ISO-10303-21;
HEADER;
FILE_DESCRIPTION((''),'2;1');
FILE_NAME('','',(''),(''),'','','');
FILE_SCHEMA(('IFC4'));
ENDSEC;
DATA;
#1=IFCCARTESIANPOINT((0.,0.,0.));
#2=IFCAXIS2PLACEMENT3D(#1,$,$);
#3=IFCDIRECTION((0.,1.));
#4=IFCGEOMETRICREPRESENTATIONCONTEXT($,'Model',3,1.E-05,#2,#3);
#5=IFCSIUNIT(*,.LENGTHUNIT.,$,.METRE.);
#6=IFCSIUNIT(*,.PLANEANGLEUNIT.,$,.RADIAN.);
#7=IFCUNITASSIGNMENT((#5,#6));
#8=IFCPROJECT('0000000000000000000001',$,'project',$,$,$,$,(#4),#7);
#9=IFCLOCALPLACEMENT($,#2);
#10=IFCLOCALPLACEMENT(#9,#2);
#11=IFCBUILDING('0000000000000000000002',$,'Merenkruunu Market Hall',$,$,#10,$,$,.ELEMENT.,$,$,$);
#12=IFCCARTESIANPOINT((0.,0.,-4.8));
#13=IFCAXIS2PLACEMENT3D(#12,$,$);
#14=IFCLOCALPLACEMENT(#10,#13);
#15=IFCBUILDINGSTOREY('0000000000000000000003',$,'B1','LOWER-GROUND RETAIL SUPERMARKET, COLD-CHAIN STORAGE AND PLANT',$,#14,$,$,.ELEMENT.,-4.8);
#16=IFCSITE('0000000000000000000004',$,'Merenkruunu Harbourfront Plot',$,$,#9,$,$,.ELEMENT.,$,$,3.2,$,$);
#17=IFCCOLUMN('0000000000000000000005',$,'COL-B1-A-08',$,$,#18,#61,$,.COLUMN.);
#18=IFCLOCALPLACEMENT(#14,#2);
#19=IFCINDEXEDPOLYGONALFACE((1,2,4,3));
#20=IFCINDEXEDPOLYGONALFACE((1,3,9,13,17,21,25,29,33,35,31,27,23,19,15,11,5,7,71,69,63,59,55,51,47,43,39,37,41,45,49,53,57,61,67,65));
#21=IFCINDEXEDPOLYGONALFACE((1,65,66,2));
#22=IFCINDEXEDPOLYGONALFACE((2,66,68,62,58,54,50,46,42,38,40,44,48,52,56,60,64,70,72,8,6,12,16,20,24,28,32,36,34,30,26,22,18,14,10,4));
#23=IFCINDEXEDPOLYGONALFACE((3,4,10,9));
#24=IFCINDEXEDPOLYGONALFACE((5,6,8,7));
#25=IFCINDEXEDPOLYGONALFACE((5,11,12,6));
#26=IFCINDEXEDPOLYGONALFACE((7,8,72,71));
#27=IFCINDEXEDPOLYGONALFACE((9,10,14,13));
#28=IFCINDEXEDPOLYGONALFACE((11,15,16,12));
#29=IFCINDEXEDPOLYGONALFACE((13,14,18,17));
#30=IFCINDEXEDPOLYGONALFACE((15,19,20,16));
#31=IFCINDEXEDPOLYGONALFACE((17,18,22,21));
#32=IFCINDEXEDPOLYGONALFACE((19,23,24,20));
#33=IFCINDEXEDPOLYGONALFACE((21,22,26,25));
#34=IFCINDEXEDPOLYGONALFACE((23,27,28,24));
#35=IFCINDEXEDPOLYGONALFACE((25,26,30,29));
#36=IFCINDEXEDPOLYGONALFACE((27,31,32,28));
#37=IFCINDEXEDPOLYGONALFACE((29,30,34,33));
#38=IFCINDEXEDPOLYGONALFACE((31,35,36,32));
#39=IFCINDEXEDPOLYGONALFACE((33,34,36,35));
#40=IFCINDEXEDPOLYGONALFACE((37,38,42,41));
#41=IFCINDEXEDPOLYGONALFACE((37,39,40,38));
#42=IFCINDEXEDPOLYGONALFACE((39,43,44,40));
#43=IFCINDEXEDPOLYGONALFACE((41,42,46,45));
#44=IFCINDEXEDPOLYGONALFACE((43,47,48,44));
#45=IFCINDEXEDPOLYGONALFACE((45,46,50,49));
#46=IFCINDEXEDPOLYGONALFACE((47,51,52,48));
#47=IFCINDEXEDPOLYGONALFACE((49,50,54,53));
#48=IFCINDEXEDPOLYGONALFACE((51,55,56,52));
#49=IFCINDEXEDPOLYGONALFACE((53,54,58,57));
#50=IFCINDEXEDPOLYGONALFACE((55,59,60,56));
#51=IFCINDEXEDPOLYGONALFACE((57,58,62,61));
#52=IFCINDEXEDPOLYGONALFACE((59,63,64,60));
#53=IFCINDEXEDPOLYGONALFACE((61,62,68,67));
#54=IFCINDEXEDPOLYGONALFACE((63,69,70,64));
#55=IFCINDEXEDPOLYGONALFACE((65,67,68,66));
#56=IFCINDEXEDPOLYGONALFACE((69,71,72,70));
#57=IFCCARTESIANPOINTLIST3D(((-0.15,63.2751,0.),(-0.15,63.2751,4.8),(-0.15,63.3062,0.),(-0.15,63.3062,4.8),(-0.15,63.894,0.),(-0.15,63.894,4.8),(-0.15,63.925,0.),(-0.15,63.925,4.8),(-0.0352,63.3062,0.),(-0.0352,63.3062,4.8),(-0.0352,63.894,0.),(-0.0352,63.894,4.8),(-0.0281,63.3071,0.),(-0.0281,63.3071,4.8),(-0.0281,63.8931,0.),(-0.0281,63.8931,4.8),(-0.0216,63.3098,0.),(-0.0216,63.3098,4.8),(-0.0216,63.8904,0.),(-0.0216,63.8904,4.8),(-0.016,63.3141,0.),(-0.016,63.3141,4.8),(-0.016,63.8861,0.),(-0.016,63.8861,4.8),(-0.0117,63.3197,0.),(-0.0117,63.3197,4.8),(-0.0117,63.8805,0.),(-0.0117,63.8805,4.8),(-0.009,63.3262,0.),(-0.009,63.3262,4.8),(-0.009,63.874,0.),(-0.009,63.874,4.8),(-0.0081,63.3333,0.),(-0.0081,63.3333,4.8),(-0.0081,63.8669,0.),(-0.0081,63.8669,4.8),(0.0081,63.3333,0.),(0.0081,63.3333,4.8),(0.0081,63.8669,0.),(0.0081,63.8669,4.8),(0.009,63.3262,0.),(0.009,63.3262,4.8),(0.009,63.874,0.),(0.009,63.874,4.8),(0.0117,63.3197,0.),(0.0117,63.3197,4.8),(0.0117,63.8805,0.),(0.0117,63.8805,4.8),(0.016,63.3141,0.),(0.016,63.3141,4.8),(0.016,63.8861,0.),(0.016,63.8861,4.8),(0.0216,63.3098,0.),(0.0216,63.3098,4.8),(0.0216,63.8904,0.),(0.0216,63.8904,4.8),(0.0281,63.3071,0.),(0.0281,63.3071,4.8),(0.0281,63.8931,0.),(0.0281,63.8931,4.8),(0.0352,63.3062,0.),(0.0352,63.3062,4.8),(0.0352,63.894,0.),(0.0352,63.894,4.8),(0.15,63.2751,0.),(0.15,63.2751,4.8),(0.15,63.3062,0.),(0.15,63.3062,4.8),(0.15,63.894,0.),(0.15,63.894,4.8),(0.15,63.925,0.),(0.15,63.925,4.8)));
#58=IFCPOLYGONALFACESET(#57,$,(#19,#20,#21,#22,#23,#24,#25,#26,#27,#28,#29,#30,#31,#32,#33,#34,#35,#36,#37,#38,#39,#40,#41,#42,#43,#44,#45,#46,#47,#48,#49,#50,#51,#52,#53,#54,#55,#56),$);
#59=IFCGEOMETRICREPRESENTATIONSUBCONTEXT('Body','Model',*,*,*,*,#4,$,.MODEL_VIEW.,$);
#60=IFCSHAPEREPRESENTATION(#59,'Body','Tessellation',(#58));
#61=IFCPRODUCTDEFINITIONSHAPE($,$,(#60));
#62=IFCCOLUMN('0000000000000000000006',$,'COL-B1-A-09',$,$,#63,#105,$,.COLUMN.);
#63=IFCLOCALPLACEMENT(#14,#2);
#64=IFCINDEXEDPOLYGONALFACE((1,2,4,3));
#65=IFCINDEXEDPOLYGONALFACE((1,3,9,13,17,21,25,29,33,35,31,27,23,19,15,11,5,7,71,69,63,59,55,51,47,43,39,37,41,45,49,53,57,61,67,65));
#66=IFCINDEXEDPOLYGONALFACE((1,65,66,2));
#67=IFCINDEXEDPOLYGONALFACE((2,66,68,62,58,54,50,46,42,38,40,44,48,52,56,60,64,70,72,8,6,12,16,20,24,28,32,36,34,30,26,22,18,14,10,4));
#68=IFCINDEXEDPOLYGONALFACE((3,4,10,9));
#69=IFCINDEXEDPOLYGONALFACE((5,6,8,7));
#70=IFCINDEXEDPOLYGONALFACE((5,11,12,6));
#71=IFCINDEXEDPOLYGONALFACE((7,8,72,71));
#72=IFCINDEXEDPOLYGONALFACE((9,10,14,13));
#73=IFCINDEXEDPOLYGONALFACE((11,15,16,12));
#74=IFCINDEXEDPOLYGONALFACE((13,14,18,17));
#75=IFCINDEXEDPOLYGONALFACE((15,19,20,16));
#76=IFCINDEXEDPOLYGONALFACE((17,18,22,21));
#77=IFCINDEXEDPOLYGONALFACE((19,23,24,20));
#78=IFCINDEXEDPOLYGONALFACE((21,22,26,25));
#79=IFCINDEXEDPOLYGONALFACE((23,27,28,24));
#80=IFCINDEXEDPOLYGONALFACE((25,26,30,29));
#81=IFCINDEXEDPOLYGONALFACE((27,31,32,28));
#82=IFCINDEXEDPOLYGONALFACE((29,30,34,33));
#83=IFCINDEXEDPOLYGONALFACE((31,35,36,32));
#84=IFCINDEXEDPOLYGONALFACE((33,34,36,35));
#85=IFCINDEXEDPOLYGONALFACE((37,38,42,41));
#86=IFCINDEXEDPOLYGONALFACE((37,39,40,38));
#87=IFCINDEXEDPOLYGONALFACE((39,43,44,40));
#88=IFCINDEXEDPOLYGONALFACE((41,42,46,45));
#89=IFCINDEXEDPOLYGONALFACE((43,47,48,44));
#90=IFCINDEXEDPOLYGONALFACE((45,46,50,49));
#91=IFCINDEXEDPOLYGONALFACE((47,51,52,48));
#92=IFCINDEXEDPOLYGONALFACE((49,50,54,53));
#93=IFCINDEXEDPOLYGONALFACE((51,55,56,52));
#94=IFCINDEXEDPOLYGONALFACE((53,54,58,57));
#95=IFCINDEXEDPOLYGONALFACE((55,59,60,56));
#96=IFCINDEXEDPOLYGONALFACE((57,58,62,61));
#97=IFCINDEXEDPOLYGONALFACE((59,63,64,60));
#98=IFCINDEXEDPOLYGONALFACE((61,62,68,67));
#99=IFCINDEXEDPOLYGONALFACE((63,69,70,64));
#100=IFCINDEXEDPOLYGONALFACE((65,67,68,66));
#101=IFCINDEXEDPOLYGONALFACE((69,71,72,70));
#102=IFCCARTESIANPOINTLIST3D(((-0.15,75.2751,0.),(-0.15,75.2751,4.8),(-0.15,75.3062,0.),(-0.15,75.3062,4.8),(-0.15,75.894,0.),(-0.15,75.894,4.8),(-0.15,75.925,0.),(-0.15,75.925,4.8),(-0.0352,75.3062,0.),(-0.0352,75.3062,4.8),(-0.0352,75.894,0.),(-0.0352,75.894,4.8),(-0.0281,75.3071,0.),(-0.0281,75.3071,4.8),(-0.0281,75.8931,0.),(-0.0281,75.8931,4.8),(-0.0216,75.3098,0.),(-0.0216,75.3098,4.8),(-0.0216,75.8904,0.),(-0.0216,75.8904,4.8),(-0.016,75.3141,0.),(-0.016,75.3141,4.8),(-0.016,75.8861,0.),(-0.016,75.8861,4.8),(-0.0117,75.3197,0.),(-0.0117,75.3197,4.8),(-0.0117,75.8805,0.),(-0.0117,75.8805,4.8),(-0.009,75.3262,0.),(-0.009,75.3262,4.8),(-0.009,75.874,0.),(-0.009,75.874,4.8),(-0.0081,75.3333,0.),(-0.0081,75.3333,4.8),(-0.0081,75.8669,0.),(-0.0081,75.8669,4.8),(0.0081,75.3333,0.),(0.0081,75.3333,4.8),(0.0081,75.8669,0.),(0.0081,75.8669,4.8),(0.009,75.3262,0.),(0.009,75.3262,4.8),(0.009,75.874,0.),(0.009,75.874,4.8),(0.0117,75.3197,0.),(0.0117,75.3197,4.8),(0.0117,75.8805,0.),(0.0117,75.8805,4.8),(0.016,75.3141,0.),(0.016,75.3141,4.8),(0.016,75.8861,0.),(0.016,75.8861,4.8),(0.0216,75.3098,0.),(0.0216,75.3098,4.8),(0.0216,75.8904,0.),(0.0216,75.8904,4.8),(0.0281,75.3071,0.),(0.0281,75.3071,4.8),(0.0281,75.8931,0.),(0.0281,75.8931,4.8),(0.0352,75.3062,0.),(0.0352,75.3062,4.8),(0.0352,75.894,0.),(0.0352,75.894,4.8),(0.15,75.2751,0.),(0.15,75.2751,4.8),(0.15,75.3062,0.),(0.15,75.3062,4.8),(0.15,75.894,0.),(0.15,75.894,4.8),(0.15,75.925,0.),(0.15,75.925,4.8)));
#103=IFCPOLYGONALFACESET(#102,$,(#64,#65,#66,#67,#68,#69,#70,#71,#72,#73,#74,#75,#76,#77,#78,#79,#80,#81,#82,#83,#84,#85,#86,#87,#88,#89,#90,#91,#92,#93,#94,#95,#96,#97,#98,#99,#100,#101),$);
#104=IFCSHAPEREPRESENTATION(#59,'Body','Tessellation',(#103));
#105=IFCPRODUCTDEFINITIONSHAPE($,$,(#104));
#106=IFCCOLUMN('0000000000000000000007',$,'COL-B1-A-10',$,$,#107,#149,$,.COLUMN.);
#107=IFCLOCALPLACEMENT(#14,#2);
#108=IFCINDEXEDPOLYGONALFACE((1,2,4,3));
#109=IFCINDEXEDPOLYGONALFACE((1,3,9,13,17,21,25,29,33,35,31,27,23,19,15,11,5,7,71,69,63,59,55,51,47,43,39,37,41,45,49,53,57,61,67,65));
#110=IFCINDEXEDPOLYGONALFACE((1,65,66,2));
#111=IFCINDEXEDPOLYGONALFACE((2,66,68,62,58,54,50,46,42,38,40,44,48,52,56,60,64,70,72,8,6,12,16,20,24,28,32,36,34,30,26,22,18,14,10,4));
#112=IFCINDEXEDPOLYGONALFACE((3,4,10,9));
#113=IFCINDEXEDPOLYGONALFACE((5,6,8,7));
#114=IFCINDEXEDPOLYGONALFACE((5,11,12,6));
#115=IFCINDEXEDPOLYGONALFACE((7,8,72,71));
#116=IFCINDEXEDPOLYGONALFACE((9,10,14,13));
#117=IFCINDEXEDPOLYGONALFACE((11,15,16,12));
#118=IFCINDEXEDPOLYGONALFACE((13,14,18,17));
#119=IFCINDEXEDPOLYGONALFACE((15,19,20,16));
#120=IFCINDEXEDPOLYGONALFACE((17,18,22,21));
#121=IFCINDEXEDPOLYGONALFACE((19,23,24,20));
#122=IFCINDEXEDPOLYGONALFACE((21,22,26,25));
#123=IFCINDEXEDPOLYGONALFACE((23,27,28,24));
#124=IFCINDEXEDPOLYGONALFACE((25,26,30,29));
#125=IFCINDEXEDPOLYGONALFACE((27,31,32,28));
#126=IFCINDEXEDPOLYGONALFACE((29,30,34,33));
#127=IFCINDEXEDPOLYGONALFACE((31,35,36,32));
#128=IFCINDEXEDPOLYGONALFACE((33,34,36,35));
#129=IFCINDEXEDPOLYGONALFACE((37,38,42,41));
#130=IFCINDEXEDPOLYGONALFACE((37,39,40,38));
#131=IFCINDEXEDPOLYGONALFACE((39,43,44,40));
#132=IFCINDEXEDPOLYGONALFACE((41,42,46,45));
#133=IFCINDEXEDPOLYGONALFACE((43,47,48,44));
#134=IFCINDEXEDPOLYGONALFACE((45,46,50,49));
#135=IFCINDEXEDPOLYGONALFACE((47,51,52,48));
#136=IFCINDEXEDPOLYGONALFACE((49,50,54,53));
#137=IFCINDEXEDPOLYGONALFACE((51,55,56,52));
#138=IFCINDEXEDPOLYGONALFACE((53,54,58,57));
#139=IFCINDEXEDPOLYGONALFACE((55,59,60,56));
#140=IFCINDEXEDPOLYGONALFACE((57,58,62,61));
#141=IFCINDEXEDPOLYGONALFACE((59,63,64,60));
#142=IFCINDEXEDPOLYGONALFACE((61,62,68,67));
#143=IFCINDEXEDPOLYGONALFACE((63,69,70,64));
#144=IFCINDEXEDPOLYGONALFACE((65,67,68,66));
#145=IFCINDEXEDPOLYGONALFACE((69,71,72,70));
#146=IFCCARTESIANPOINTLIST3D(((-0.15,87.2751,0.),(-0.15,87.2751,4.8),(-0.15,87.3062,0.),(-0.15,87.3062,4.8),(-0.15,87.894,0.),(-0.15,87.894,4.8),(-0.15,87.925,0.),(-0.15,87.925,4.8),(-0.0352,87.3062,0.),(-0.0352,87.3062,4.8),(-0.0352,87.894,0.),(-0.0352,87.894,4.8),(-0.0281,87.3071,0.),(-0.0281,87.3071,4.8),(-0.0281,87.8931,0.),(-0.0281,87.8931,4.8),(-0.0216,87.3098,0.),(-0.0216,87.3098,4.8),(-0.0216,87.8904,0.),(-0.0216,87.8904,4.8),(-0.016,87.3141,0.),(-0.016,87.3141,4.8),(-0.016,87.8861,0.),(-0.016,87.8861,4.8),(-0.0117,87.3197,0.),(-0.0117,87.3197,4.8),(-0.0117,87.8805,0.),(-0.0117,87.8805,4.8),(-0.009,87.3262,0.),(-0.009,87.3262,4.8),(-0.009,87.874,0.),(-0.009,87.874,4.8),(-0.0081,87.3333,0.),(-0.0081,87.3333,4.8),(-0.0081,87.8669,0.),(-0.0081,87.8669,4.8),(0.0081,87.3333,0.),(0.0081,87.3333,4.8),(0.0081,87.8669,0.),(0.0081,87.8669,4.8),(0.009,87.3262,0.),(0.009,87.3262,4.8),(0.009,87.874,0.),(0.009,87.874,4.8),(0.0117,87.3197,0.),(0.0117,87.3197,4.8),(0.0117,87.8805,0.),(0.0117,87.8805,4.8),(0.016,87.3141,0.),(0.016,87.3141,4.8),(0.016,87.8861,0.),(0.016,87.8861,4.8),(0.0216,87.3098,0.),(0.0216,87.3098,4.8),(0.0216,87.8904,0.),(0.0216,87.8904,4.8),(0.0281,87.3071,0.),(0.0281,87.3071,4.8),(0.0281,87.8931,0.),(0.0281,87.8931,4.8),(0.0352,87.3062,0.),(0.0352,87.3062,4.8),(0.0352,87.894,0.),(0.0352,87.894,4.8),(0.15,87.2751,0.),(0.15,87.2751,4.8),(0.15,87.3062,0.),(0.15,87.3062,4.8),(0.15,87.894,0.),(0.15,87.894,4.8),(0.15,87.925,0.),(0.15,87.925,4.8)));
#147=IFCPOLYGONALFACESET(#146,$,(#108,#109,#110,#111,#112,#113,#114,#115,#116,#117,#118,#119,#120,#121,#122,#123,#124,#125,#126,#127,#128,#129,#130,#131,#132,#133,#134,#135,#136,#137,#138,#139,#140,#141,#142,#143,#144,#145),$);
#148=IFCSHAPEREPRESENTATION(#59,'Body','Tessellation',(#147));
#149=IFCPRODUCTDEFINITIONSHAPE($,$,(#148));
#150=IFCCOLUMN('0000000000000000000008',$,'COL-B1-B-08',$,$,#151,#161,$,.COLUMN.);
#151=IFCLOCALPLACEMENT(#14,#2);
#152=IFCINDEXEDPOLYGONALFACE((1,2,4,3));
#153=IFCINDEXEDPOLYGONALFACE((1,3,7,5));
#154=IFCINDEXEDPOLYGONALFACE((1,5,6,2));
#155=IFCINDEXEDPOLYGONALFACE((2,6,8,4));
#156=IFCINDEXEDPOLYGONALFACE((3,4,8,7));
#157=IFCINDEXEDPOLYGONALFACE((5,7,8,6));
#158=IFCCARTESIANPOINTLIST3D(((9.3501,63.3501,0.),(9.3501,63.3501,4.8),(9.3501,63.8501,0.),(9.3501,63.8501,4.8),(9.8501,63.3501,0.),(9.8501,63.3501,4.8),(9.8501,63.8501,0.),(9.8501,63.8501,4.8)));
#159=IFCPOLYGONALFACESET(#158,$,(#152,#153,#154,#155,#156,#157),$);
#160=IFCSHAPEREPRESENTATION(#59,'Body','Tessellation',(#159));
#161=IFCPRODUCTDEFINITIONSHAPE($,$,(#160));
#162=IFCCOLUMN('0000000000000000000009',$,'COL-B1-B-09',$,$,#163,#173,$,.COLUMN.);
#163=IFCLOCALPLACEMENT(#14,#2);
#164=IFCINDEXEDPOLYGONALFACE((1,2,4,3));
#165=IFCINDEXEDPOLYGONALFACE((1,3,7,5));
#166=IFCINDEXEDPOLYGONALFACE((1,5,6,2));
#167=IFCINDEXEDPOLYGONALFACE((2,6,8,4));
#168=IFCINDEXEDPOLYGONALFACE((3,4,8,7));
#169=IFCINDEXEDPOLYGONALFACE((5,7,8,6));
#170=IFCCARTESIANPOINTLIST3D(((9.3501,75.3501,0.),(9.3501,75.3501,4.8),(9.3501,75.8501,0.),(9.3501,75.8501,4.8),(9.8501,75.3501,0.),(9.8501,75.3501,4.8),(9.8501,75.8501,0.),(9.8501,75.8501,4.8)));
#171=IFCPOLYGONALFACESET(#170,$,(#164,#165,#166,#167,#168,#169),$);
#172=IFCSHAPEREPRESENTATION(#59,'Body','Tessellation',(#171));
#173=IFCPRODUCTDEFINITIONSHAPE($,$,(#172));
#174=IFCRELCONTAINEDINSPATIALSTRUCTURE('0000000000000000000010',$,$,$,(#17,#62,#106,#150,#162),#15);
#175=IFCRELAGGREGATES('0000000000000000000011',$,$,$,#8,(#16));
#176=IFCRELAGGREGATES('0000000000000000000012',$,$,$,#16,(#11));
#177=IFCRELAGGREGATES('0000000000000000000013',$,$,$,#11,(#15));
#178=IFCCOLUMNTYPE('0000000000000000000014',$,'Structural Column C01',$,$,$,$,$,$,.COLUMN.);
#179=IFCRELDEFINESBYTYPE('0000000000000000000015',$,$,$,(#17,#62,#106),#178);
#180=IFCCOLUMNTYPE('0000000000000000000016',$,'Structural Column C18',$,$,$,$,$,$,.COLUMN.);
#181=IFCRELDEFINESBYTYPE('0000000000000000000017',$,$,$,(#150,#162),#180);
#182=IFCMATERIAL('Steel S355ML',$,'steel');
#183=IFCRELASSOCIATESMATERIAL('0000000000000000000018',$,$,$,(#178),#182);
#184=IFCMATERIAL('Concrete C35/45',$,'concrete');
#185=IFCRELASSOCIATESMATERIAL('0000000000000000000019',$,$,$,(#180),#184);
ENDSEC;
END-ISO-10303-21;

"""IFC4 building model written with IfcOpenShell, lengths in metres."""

from ifc_helpers import new_model, si_unit, direction, frame, origin, origin_2d, place, context, subcontext, project, spatial, rectangle, i_section, extrude, material, material_profile, profile_set, type_object, element, save


model = new_model("IFC4")

# Units and contexts
model_context = context("Model", 3, precision=1e-05, world=origin(), true_north=direction((0.0, 1.0)))
body_context = subcontext(model_context, "Body", "Model", "MODEL_VIEW")
ifc_project = project(units=[si_unit("LENGTHUNIT", "METRE"), si_unit("PLANEANGLEUNIT", "RADIAN")], contexts=[model_context])

# Site, building, storey
site_placement = place(None, origin())
site = spatial("IfcSite", under=ifc_project, at=site_placement, Name="Merenkruunu Harbourfront Plot", CompositionType="ELEMENT", RefElevation=3.2)
building_placement = place(site_placement, origin())
building = spatial("IfcBuilding", under=site, at=building_placement, Name="Merenkruunu Market Hall", CompositionType="ELEMENT")
storey_placement = place(building_placement, frame((0.0, 0.0, -4.8)))
storey = spatial("IfcBuildingStorey", under=building, at=storey_placement, Name="B1", Description="LOWER-GROUND RETAIL SUPERMARKET, COLD-CHAIN STORAGE AND PLANT", CompositionType="ELEMENT", Elevation=-4.8)

# Shared definitions
ifc_material_1 = material(Name="Concrete C35/45", Category="concrete")

# Columns
ifc_material_2 = material(Name="Steel S355ML", Category="steel")
ifc_material_profile_1 = material_profile(ifc_material_2, i_section(OverallWidth=0.3, OverallDepth=0.6499, WebThickness=0.0161, FlangeThickness=0.031, FilletRadius=0.0271, at=origin_2d()), Name="HEB 650")
ifc_profile_set_1 = profile_set([ifc_material_profile_1], Name="Steel S355ML")
column_type_1 = type_object("IfcColumnType", Name="Structural Column C01", PredefinedType="COLUMN", material=ifc_profile_set_1)
for number, where, z_axis, x_axis, name in (
    (1, (0.0, 63.6001, 0.0), (0.0, 0.0, 1.0), (1.0, 0.0, 0.0), "COL-B1-A-08"),
    (2, (0.0, 75.6001, 0.0), (0.0, 0.0, 1.0), (1.0, 0.0, 0.0), "COL-B1-A-09"),
    (3, (0.0, 87.6001, 0.0), (0.0, 0.0, 1.0), (1.0, 0.0, 0.0), "COL-B1-A-10"),
):
    element("IfcColumn", number, at=place(storey_placement, frame(where, z_axis=z_axis, x_axis=x_axis)), inside=storey, type_object=column_type_1, Name=name, PredefinedType="COLUMN", context=body_context, shape_type="SweptSolid", body=[
        extrude(i_section(OverallWidth=0.3, OverallDepth=0.6499, WebThickness=0.0161, FlangeThickness=0.031, FilletRadius=0.0271, at=origin_2d()), origin(), (0.0, 0.0, 1.0), 4.8),
    ])
ifc_material_profile_2 = material_profile(ifc_material_1, rectangle(XDim=0.5, YDim=0.5, at=origin_2d()), Name="RC 500x500")
ifc_profile_set_2 = profile_set([ifc_material_profile_2], Name="Concrete C35/45")
column_type_2 = type_object("IfcColumnType", Name="Structural Column C18", PredefinedType="COLUMN", material=ifc_profile_set_2)
for number, where, z_axis, x_axis, name in (
    (4, (9.6001, 63.6001, 0.0), (0.0, 0.0, 1.0), (1.0, 0.0, 0.0), "COL-B1-B-08"),
    (5, (9.6001, 75.6001, 0.0), (0.0, 0.0, 1.0), (1.0, 0.0, 0.0), "COL-B1-B-09"),
):
    element("IfcColumn", number, at=place(storey_placement, frame(where, z_axis=z_axis, x_axis=x_axis)), inside=storey, type_object=column_type_2, Name=name, PredefinedType="COLUMN", context=body_context, shape_type="SweptSolid", body=[
        extrude(rectangle(XDim=0.5, YDim=0.5, at=origin_2d()), origin(), (0.0, 0.0, 1.0), 4.8),
    ])

save(model, "model.ifc")
